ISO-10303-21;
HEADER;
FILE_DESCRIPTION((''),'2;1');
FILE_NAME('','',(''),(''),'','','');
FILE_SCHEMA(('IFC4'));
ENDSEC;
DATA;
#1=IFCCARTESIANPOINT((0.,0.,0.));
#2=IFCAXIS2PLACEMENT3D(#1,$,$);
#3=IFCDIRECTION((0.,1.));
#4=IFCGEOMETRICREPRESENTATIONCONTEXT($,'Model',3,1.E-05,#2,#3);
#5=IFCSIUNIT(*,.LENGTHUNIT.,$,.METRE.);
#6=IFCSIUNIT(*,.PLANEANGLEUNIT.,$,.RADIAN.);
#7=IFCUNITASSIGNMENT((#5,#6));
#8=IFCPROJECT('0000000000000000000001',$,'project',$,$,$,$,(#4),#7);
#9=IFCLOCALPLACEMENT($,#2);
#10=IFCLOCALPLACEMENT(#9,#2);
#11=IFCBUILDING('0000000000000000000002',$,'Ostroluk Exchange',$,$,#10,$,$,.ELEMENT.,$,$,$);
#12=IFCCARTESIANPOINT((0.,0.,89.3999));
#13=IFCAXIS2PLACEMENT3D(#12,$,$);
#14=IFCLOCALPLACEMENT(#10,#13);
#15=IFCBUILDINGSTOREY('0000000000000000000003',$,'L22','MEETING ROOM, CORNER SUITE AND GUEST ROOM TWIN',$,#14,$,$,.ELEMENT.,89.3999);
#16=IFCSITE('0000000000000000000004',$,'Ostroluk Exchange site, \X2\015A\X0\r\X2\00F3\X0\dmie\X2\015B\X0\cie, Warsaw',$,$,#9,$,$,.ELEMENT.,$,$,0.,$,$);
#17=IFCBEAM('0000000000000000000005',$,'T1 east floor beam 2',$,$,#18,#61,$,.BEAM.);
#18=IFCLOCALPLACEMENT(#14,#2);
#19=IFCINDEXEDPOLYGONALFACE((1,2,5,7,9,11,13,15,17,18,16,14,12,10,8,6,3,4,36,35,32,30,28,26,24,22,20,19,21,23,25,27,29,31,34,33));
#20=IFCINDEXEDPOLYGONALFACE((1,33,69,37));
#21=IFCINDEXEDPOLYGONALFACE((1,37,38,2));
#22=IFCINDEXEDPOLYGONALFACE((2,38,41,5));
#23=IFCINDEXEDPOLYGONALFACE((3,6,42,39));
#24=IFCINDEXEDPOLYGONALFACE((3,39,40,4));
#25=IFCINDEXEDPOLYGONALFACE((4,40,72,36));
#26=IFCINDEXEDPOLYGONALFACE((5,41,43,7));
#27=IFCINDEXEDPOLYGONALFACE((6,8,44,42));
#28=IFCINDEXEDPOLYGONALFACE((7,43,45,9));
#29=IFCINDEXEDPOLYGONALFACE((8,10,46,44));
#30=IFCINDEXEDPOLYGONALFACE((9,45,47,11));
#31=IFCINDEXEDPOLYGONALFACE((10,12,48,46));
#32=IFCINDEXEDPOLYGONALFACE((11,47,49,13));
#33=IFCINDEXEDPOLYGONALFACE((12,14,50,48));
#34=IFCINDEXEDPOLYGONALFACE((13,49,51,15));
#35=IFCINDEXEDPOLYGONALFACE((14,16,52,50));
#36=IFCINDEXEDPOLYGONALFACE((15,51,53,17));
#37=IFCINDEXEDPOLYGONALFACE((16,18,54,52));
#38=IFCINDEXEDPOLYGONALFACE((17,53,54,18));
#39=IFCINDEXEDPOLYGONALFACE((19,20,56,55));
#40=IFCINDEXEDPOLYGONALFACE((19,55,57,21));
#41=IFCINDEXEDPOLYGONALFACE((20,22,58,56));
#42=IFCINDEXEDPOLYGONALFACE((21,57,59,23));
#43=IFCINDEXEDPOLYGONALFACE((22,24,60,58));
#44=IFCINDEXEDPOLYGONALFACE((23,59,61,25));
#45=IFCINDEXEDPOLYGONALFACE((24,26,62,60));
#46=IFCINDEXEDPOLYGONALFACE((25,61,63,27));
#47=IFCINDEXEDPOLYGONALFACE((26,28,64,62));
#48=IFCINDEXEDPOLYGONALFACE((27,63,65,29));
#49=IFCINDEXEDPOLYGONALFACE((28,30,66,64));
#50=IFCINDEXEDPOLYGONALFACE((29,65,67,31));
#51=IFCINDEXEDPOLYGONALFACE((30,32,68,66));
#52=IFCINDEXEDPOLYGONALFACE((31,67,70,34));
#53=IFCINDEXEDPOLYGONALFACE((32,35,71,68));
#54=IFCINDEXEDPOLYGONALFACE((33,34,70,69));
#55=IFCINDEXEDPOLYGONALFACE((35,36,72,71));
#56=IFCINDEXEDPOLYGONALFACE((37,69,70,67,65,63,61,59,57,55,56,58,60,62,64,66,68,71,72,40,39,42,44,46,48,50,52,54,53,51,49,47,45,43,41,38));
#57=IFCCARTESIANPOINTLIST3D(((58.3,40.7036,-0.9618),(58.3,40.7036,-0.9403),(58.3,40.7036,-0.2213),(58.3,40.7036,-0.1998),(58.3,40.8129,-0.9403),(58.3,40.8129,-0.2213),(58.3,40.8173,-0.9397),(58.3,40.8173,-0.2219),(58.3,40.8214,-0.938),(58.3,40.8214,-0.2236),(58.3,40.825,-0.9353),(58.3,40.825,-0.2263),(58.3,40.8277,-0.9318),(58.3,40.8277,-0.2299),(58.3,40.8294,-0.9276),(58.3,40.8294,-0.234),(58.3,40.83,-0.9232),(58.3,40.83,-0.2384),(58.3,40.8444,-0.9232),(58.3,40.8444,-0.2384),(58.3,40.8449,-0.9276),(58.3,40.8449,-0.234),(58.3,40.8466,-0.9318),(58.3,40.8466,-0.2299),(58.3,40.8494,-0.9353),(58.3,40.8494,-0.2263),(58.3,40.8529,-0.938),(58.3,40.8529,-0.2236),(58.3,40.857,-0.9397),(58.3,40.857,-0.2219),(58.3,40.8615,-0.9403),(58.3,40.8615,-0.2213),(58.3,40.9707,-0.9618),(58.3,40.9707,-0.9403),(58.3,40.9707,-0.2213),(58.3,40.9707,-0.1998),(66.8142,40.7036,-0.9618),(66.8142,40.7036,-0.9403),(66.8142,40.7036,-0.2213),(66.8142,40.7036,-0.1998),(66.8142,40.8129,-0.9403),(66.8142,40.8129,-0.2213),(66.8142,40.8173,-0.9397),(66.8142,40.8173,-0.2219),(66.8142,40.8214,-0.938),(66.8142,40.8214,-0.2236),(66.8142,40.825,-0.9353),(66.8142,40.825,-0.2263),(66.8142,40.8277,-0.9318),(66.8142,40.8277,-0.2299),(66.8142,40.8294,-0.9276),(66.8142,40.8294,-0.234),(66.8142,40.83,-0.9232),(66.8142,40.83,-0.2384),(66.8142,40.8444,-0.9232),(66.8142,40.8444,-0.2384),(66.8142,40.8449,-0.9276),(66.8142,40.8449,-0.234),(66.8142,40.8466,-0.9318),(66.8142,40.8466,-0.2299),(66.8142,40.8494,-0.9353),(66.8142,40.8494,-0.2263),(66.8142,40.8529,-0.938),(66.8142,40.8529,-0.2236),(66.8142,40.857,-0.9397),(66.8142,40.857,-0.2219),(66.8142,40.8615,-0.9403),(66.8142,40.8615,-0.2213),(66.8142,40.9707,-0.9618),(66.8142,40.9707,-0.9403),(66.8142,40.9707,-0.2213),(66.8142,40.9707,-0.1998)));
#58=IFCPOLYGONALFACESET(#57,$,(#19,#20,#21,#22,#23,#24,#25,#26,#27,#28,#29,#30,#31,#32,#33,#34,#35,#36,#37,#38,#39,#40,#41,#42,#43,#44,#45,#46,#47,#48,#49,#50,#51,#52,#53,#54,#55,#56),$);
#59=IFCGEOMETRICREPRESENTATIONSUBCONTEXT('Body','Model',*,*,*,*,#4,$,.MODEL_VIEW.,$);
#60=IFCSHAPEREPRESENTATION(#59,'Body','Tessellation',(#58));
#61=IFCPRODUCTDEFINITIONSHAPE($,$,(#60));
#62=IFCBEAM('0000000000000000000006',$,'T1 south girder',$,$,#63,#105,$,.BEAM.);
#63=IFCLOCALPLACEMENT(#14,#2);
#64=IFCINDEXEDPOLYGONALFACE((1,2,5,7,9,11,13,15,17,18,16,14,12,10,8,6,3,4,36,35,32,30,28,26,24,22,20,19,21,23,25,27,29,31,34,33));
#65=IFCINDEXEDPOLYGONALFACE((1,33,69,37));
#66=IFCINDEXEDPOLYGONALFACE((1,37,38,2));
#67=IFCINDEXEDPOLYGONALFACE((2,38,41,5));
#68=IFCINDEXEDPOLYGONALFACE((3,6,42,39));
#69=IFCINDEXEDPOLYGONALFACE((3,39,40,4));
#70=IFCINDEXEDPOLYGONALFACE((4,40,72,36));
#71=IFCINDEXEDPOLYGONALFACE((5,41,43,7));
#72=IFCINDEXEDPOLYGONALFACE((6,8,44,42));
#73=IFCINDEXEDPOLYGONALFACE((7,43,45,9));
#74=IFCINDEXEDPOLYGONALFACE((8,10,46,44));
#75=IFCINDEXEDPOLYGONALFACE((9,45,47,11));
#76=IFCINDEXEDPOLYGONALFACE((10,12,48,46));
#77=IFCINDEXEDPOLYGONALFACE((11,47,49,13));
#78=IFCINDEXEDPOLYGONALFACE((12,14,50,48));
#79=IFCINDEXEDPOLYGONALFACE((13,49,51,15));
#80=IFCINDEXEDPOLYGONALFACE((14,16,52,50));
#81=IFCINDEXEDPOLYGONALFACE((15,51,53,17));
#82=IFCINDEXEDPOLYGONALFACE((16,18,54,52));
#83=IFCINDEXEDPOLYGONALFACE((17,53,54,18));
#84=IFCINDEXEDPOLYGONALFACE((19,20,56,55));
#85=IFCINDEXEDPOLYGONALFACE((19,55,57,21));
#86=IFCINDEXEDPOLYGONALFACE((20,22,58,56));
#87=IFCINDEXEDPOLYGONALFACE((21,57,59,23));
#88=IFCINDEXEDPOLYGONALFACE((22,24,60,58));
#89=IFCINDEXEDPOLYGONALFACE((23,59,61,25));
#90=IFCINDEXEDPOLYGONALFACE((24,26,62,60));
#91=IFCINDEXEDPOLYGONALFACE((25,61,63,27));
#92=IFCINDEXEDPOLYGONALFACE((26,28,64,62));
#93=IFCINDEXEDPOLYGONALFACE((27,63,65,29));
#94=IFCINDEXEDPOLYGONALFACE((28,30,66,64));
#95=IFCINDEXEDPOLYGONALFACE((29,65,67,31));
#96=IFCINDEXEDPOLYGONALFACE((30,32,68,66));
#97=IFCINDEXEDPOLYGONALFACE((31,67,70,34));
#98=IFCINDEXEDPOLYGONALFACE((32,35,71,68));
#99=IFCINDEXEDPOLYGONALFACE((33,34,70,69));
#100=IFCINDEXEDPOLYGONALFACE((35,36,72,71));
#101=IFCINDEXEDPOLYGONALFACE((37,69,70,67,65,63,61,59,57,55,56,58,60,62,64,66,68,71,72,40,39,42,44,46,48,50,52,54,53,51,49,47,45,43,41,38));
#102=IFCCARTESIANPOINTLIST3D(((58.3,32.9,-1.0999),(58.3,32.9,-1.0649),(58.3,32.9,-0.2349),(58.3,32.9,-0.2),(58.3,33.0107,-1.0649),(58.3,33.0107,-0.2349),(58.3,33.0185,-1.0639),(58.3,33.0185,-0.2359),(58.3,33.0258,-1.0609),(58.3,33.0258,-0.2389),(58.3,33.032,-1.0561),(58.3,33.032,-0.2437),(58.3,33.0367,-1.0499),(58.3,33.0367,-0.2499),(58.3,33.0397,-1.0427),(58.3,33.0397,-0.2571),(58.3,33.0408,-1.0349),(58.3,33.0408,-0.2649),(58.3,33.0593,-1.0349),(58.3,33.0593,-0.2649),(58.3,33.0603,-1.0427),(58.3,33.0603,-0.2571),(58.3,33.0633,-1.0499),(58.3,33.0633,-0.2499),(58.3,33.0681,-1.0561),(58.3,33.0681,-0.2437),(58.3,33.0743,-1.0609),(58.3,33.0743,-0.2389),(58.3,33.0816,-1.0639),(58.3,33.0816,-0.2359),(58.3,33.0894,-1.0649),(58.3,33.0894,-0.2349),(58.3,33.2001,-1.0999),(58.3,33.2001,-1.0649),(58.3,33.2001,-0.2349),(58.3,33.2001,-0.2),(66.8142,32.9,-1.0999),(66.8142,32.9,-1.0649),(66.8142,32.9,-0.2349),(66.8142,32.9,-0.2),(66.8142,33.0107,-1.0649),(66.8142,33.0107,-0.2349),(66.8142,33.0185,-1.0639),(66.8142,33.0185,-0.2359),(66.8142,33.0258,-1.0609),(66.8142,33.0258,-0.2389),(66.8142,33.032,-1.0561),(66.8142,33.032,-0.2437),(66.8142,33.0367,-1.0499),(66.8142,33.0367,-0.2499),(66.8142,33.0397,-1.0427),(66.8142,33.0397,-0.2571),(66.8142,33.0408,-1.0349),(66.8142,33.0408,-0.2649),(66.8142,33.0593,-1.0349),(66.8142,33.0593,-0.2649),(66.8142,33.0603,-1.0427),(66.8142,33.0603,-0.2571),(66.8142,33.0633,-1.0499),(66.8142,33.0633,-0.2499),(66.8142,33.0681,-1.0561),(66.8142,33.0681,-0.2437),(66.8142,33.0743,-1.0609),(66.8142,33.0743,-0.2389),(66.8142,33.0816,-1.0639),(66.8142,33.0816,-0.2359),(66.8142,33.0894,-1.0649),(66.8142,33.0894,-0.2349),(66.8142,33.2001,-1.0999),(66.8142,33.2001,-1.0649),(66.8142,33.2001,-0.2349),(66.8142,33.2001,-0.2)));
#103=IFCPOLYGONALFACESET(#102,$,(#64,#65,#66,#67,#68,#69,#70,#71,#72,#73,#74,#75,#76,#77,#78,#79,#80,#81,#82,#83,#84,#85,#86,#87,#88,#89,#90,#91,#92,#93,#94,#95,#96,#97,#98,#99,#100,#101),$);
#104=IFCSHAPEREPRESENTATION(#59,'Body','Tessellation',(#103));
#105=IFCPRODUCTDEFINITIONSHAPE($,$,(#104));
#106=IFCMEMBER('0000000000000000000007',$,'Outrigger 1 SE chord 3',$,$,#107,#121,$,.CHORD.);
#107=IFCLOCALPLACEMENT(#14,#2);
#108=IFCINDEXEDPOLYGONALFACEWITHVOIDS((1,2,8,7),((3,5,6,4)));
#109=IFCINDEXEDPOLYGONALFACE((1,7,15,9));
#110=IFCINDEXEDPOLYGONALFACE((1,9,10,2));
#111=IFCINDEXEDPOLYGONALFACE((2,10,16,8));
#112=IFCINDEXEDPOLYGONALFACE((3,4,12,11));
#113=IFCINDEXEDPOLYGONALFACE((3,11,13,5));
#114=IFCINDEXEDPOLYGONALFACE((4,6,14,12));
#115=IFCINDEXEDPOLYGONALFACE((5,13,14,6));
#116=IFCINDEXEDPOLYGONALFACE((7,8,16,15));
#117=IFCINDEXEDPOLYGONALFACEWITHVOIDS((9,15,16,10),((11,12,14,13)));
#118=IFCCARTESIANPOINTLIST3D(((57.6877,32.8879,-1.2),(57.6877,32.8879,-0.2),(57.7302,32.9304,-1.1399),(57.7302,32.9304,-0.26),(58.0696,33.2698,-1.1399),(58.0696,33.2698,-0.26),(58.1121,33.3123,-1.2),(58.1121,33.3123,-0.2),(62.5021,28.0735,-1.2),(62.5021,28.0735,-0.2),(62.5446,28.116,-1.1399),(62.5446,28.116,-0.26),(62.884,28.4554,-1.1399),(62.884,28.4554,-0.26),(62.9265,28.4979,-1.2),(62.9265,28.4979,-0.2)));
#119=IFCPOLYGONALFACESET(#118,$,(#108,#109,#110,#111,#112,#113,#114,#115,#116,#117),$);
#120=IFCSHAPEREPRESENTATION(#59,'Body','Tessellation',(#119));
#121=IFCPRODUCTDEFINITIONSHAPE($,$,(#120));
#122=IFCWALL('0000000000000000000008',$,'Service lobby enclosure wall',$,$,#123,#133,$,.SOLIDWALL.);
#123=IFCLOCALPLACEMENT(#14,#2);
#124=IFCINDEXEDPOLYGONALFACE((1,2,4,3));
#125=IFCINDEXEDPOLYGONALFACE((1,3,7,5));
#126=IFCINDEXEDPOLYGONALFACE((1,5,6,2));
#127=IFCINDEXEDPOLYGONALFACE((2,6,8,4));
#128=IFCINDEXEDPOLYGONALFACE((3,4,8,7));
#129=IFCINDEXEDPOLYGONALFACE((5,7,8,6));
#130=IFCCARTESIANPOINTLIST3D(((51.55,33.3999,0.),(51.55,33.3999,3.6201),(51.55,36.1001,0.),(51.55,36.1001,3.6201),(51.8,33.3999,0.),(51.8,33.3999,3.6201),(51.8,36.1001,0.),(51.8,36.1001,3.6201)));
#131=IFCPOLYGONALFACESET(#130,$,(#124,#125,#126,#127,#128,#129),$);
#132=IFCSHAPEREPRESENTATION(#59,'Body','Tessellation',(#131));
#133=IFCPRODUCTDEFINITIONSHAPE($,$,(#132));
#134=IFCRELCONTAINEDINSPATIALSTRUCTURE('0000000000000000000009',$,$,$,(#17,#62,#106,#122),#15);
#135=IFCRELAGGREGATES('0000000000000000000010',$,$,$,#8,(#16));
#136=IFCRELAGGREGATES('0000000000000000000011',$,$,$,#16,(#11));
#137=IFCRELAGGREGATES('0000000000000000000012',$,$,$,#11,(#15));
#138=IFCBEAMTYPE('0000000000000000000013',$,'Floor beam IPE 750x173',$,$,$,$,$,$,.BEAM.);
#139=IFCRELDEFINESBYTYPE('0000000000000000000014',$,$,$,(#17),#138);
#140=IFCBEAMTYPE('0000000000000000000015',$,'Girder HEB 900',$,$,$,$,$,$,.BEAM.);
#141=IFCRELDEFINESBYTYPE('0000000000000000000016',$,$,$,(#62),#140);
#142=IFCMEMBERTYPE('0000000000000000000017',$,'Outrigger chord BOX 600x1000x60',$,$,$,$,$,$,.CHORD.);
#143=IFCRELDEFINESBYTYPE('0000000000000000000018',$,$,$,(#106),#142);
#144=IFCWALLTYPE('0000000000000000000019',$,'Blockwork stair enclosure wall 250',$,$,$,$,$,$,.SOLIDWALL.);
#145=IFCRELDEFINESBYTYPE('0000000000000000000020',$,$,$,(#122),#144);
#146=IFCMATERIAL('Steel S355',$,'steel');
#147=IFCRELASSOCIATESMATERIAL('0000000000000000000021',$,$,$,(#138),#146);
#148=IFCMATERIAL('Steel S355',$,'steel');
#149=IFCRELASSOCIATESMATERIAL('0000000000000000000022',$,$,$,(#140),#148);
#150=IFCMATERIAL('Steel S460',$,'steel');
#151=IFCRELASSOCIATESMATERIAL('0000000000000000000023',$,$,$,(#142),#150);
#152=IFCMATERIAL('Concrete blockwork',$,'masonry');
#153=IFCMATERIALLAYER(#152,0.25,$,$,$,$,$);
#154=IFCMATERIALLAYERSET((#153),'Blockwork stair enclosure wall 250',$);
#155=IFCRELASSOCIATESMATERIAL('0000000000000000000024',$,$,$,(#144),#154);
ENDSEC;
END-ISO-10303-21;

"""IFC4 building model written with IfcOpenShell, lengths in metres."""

from ifc_helpers import new_model, si_unit, direction, frame, frame_2d, origin, origin_2d, place, context, subcontext, project, spatial, rectangle, hollow_rectangle, i_section, extrude, material, layer, layer_set, material_profile, profile_set, type_object, element, save


model = new_model("IFC4")

# Units and contexts
model_context = context("Model", 3, precision=1e-05, world=origin(), true_north=direction((0.0, 1.0)))
body_context = subcontext(model_context, "Body", "Model", "MODEL_VIEW")
ifc_project = project(units=[si_unit("LENGTHUNIT", "METRE"), si_unit("PLANEANGLEUNIT", "RADIAN")], contexts=[model_context])

# Site, building, storey
site_placement = place(None, origin())
site = spatial("IfcSite", under=ifc_project, at=site_placement, Name="Ostroluk Exchange site, Śródmieście, Warsaw", CompositionType="ELEMENT", RefElevation=0.0)
building_placement = place(site_placement, origin())
building = spatial("IfcBuilding", under=site, at=building_placement, Name="Ostroluk Exchange", CompositionType="ELEMENT")
storey_placement = place(building_placement, frame((0.0, 0.0, 89.3999)))
storey = spatial("IfcBuildingStorey", under=building, at=storey_placement, Name="L22", Description="MEETING ROOM, CORNER SUITE AND GUEST ROOM TWIN", CompositionType="ELEMENT", Elevation=89.3999)

# Beams
ifc_material_1 = material(Name="Steel S355", Category="steel")
ifc_material_profile_1 = material_profile(ifc_material_1, i_section(OverallWidth=0.2671, OverallDepth=0.762, WebThickness=0.0144, FlangeThickness=0.0215, FilletRadius=0.0171, at=origin_2d()), Name="IPE 750x173")
ifc_profile_set_1 = profile_set([ifc_material_profile_1], Name="Steel S355")
beam_type_1 = type_object("IfcBeamType", Name="Floor beam IPE 750x173", PredefinedType="BEAM", material=ifc_profile_set_1)
for number, where, z_axis, x_axis, name in (
    (1, (58.3, 40.8372, -0.5808), (1.0, 0.0, 0.0), (0.0, 1.0, 0.0), "T1 east floor beam 2"),
):
    element("IfcBeam", number, at=place(storey_placement, frame(where, z_axis=z_axis, x_axis=x_axis)), inside=storey, type_object=beam_type_1, Name=name, PredefinedType="BEAM", context=body_context, shape_type="SweptSolid", body=[
        extrude(i_section(OverallWidth=0.2671, OverallDepth=0.762, WebThickness=0.0144, FlangeThickness=0.0215, FilletRadius=0.0171, at=origin_2d()), origin(), (0.0, 0.0, 1.0), 8.5142),
    ])
ifc_material_2 = material(Name="Steel S355", Category="steel")
ifc_material_profile_2 = material_profile(ifc_material_2, i_section(OverallWidth=0.3, OverallDepth=0.8999, WebThickness=0.0186, FlangeThickness=0.0349, FilletRadius=0.03, at=origin_2d()), Name="HEB 900")
ifc_profile_set_2 = profile_set([ifc_material_profile_2], Name="Steel S355")
beam_type_2 = type_object("IfcBeamType", Name="Girder HEB 900", PredefinedType="BEAM", material=ifc_profile_set_2)
beam_1_placement = place(storey_placement, frame((58.3, 33.05, -0.6499), z_axis=(1.0, 0.0, 0.0), x_axis=(0.0, 1.0, 0.0)))
element("IfcBeam", 2, at=beam_1_placement, inside=storey, type_object=beam_type_2, Name="T1 south girder", PredefinedType="BEAM", context=body_context, shape_type="SweptSolid", body=[
    extrude(i_section(OverallWidth=0.3, OverallDepth=0.8999, WebThickness=0.0186, FlangeThickness=0.0349, FilletRadius=0.03, at=origin_2d()), origin(), (0.0, 0.0, 1.0), 8.5142),
])

# Member
ifc_material_3 = material(Name="Steel S460", Category="steel")
ifc_material_profile_3 = material_profile(ifc_material_3, hollow_rectangle(XDim=0.6001, YDim=1.0, WallThickness=0.0601, at=origin_2d()), Name="BOX 600x1000x60")
ifc_profile_set_3 = profile_set([ifc_material_profile_3], Name="Steel S460")
member_type = type_object("IfcMemberType", Name="Outrigger chord BOX 600x1000x60", PredefinedType="CHORD", material=ifc_profile_set_3)
member_placement = place(storey_placement, frame((57.8999, 33.1001, -0.7), z_axis=(0.707107, -0.707107, 0.0), x_axis=(0.707107, 0.707107, 0.0)))
element("IfcMember", 3, at=member_placement, inside=storey, type_object=member_type, Name="Outrigger 1 SE chord 3", PredefinedType="CHORD", context=body_context, shape_type="SweptSolid", body=[
    extrude(hollow_rectangle(XDim=0.6001, YDim=1.0, WallThickness=0.0601, at=origin_2d()), origin(), (0.0, 0.0, 1.0), 6.8086),
])

# Wall
ifc_material_4 = material(Name="Concrete blockwork", Category="masonry")
ifc_layer_1 = layer(ifc_material_4, 0.25)
ifc_layer_set_1 = layer_set([ifc_layer_1], Name="Blockwork stair enclosure wall 250")
wall_type_1 = type_object("IfcWallType", Name="Blockwork stair enclosure wall 250", PredefinedType="SOLIDWALL", material=ifc_layer_set_1)
wall_1_placement = place(storey_placement, frame((51.675, 33.3999, 0.0), z_axis=(0.0, 0.0, 1.0), x_axis=(0.0, 1.0, 0.0)))
element("IfcWall", 4, at=wall_1_placement, inside=storey, type_object=wall_type_1, Name="Service lobby enclosure wall", PredefinedType="SOLIDWALL", context=body_context, shape_type="SweptSolid", body=[
    extrude(rectangle(XDim=2.7002, YDim=0.25, at=frame_2d((1.3501, 0.0))), origin(), (0.0, 0.0, 1.0), 3.6201),
])

save(model, "model.ifc")
